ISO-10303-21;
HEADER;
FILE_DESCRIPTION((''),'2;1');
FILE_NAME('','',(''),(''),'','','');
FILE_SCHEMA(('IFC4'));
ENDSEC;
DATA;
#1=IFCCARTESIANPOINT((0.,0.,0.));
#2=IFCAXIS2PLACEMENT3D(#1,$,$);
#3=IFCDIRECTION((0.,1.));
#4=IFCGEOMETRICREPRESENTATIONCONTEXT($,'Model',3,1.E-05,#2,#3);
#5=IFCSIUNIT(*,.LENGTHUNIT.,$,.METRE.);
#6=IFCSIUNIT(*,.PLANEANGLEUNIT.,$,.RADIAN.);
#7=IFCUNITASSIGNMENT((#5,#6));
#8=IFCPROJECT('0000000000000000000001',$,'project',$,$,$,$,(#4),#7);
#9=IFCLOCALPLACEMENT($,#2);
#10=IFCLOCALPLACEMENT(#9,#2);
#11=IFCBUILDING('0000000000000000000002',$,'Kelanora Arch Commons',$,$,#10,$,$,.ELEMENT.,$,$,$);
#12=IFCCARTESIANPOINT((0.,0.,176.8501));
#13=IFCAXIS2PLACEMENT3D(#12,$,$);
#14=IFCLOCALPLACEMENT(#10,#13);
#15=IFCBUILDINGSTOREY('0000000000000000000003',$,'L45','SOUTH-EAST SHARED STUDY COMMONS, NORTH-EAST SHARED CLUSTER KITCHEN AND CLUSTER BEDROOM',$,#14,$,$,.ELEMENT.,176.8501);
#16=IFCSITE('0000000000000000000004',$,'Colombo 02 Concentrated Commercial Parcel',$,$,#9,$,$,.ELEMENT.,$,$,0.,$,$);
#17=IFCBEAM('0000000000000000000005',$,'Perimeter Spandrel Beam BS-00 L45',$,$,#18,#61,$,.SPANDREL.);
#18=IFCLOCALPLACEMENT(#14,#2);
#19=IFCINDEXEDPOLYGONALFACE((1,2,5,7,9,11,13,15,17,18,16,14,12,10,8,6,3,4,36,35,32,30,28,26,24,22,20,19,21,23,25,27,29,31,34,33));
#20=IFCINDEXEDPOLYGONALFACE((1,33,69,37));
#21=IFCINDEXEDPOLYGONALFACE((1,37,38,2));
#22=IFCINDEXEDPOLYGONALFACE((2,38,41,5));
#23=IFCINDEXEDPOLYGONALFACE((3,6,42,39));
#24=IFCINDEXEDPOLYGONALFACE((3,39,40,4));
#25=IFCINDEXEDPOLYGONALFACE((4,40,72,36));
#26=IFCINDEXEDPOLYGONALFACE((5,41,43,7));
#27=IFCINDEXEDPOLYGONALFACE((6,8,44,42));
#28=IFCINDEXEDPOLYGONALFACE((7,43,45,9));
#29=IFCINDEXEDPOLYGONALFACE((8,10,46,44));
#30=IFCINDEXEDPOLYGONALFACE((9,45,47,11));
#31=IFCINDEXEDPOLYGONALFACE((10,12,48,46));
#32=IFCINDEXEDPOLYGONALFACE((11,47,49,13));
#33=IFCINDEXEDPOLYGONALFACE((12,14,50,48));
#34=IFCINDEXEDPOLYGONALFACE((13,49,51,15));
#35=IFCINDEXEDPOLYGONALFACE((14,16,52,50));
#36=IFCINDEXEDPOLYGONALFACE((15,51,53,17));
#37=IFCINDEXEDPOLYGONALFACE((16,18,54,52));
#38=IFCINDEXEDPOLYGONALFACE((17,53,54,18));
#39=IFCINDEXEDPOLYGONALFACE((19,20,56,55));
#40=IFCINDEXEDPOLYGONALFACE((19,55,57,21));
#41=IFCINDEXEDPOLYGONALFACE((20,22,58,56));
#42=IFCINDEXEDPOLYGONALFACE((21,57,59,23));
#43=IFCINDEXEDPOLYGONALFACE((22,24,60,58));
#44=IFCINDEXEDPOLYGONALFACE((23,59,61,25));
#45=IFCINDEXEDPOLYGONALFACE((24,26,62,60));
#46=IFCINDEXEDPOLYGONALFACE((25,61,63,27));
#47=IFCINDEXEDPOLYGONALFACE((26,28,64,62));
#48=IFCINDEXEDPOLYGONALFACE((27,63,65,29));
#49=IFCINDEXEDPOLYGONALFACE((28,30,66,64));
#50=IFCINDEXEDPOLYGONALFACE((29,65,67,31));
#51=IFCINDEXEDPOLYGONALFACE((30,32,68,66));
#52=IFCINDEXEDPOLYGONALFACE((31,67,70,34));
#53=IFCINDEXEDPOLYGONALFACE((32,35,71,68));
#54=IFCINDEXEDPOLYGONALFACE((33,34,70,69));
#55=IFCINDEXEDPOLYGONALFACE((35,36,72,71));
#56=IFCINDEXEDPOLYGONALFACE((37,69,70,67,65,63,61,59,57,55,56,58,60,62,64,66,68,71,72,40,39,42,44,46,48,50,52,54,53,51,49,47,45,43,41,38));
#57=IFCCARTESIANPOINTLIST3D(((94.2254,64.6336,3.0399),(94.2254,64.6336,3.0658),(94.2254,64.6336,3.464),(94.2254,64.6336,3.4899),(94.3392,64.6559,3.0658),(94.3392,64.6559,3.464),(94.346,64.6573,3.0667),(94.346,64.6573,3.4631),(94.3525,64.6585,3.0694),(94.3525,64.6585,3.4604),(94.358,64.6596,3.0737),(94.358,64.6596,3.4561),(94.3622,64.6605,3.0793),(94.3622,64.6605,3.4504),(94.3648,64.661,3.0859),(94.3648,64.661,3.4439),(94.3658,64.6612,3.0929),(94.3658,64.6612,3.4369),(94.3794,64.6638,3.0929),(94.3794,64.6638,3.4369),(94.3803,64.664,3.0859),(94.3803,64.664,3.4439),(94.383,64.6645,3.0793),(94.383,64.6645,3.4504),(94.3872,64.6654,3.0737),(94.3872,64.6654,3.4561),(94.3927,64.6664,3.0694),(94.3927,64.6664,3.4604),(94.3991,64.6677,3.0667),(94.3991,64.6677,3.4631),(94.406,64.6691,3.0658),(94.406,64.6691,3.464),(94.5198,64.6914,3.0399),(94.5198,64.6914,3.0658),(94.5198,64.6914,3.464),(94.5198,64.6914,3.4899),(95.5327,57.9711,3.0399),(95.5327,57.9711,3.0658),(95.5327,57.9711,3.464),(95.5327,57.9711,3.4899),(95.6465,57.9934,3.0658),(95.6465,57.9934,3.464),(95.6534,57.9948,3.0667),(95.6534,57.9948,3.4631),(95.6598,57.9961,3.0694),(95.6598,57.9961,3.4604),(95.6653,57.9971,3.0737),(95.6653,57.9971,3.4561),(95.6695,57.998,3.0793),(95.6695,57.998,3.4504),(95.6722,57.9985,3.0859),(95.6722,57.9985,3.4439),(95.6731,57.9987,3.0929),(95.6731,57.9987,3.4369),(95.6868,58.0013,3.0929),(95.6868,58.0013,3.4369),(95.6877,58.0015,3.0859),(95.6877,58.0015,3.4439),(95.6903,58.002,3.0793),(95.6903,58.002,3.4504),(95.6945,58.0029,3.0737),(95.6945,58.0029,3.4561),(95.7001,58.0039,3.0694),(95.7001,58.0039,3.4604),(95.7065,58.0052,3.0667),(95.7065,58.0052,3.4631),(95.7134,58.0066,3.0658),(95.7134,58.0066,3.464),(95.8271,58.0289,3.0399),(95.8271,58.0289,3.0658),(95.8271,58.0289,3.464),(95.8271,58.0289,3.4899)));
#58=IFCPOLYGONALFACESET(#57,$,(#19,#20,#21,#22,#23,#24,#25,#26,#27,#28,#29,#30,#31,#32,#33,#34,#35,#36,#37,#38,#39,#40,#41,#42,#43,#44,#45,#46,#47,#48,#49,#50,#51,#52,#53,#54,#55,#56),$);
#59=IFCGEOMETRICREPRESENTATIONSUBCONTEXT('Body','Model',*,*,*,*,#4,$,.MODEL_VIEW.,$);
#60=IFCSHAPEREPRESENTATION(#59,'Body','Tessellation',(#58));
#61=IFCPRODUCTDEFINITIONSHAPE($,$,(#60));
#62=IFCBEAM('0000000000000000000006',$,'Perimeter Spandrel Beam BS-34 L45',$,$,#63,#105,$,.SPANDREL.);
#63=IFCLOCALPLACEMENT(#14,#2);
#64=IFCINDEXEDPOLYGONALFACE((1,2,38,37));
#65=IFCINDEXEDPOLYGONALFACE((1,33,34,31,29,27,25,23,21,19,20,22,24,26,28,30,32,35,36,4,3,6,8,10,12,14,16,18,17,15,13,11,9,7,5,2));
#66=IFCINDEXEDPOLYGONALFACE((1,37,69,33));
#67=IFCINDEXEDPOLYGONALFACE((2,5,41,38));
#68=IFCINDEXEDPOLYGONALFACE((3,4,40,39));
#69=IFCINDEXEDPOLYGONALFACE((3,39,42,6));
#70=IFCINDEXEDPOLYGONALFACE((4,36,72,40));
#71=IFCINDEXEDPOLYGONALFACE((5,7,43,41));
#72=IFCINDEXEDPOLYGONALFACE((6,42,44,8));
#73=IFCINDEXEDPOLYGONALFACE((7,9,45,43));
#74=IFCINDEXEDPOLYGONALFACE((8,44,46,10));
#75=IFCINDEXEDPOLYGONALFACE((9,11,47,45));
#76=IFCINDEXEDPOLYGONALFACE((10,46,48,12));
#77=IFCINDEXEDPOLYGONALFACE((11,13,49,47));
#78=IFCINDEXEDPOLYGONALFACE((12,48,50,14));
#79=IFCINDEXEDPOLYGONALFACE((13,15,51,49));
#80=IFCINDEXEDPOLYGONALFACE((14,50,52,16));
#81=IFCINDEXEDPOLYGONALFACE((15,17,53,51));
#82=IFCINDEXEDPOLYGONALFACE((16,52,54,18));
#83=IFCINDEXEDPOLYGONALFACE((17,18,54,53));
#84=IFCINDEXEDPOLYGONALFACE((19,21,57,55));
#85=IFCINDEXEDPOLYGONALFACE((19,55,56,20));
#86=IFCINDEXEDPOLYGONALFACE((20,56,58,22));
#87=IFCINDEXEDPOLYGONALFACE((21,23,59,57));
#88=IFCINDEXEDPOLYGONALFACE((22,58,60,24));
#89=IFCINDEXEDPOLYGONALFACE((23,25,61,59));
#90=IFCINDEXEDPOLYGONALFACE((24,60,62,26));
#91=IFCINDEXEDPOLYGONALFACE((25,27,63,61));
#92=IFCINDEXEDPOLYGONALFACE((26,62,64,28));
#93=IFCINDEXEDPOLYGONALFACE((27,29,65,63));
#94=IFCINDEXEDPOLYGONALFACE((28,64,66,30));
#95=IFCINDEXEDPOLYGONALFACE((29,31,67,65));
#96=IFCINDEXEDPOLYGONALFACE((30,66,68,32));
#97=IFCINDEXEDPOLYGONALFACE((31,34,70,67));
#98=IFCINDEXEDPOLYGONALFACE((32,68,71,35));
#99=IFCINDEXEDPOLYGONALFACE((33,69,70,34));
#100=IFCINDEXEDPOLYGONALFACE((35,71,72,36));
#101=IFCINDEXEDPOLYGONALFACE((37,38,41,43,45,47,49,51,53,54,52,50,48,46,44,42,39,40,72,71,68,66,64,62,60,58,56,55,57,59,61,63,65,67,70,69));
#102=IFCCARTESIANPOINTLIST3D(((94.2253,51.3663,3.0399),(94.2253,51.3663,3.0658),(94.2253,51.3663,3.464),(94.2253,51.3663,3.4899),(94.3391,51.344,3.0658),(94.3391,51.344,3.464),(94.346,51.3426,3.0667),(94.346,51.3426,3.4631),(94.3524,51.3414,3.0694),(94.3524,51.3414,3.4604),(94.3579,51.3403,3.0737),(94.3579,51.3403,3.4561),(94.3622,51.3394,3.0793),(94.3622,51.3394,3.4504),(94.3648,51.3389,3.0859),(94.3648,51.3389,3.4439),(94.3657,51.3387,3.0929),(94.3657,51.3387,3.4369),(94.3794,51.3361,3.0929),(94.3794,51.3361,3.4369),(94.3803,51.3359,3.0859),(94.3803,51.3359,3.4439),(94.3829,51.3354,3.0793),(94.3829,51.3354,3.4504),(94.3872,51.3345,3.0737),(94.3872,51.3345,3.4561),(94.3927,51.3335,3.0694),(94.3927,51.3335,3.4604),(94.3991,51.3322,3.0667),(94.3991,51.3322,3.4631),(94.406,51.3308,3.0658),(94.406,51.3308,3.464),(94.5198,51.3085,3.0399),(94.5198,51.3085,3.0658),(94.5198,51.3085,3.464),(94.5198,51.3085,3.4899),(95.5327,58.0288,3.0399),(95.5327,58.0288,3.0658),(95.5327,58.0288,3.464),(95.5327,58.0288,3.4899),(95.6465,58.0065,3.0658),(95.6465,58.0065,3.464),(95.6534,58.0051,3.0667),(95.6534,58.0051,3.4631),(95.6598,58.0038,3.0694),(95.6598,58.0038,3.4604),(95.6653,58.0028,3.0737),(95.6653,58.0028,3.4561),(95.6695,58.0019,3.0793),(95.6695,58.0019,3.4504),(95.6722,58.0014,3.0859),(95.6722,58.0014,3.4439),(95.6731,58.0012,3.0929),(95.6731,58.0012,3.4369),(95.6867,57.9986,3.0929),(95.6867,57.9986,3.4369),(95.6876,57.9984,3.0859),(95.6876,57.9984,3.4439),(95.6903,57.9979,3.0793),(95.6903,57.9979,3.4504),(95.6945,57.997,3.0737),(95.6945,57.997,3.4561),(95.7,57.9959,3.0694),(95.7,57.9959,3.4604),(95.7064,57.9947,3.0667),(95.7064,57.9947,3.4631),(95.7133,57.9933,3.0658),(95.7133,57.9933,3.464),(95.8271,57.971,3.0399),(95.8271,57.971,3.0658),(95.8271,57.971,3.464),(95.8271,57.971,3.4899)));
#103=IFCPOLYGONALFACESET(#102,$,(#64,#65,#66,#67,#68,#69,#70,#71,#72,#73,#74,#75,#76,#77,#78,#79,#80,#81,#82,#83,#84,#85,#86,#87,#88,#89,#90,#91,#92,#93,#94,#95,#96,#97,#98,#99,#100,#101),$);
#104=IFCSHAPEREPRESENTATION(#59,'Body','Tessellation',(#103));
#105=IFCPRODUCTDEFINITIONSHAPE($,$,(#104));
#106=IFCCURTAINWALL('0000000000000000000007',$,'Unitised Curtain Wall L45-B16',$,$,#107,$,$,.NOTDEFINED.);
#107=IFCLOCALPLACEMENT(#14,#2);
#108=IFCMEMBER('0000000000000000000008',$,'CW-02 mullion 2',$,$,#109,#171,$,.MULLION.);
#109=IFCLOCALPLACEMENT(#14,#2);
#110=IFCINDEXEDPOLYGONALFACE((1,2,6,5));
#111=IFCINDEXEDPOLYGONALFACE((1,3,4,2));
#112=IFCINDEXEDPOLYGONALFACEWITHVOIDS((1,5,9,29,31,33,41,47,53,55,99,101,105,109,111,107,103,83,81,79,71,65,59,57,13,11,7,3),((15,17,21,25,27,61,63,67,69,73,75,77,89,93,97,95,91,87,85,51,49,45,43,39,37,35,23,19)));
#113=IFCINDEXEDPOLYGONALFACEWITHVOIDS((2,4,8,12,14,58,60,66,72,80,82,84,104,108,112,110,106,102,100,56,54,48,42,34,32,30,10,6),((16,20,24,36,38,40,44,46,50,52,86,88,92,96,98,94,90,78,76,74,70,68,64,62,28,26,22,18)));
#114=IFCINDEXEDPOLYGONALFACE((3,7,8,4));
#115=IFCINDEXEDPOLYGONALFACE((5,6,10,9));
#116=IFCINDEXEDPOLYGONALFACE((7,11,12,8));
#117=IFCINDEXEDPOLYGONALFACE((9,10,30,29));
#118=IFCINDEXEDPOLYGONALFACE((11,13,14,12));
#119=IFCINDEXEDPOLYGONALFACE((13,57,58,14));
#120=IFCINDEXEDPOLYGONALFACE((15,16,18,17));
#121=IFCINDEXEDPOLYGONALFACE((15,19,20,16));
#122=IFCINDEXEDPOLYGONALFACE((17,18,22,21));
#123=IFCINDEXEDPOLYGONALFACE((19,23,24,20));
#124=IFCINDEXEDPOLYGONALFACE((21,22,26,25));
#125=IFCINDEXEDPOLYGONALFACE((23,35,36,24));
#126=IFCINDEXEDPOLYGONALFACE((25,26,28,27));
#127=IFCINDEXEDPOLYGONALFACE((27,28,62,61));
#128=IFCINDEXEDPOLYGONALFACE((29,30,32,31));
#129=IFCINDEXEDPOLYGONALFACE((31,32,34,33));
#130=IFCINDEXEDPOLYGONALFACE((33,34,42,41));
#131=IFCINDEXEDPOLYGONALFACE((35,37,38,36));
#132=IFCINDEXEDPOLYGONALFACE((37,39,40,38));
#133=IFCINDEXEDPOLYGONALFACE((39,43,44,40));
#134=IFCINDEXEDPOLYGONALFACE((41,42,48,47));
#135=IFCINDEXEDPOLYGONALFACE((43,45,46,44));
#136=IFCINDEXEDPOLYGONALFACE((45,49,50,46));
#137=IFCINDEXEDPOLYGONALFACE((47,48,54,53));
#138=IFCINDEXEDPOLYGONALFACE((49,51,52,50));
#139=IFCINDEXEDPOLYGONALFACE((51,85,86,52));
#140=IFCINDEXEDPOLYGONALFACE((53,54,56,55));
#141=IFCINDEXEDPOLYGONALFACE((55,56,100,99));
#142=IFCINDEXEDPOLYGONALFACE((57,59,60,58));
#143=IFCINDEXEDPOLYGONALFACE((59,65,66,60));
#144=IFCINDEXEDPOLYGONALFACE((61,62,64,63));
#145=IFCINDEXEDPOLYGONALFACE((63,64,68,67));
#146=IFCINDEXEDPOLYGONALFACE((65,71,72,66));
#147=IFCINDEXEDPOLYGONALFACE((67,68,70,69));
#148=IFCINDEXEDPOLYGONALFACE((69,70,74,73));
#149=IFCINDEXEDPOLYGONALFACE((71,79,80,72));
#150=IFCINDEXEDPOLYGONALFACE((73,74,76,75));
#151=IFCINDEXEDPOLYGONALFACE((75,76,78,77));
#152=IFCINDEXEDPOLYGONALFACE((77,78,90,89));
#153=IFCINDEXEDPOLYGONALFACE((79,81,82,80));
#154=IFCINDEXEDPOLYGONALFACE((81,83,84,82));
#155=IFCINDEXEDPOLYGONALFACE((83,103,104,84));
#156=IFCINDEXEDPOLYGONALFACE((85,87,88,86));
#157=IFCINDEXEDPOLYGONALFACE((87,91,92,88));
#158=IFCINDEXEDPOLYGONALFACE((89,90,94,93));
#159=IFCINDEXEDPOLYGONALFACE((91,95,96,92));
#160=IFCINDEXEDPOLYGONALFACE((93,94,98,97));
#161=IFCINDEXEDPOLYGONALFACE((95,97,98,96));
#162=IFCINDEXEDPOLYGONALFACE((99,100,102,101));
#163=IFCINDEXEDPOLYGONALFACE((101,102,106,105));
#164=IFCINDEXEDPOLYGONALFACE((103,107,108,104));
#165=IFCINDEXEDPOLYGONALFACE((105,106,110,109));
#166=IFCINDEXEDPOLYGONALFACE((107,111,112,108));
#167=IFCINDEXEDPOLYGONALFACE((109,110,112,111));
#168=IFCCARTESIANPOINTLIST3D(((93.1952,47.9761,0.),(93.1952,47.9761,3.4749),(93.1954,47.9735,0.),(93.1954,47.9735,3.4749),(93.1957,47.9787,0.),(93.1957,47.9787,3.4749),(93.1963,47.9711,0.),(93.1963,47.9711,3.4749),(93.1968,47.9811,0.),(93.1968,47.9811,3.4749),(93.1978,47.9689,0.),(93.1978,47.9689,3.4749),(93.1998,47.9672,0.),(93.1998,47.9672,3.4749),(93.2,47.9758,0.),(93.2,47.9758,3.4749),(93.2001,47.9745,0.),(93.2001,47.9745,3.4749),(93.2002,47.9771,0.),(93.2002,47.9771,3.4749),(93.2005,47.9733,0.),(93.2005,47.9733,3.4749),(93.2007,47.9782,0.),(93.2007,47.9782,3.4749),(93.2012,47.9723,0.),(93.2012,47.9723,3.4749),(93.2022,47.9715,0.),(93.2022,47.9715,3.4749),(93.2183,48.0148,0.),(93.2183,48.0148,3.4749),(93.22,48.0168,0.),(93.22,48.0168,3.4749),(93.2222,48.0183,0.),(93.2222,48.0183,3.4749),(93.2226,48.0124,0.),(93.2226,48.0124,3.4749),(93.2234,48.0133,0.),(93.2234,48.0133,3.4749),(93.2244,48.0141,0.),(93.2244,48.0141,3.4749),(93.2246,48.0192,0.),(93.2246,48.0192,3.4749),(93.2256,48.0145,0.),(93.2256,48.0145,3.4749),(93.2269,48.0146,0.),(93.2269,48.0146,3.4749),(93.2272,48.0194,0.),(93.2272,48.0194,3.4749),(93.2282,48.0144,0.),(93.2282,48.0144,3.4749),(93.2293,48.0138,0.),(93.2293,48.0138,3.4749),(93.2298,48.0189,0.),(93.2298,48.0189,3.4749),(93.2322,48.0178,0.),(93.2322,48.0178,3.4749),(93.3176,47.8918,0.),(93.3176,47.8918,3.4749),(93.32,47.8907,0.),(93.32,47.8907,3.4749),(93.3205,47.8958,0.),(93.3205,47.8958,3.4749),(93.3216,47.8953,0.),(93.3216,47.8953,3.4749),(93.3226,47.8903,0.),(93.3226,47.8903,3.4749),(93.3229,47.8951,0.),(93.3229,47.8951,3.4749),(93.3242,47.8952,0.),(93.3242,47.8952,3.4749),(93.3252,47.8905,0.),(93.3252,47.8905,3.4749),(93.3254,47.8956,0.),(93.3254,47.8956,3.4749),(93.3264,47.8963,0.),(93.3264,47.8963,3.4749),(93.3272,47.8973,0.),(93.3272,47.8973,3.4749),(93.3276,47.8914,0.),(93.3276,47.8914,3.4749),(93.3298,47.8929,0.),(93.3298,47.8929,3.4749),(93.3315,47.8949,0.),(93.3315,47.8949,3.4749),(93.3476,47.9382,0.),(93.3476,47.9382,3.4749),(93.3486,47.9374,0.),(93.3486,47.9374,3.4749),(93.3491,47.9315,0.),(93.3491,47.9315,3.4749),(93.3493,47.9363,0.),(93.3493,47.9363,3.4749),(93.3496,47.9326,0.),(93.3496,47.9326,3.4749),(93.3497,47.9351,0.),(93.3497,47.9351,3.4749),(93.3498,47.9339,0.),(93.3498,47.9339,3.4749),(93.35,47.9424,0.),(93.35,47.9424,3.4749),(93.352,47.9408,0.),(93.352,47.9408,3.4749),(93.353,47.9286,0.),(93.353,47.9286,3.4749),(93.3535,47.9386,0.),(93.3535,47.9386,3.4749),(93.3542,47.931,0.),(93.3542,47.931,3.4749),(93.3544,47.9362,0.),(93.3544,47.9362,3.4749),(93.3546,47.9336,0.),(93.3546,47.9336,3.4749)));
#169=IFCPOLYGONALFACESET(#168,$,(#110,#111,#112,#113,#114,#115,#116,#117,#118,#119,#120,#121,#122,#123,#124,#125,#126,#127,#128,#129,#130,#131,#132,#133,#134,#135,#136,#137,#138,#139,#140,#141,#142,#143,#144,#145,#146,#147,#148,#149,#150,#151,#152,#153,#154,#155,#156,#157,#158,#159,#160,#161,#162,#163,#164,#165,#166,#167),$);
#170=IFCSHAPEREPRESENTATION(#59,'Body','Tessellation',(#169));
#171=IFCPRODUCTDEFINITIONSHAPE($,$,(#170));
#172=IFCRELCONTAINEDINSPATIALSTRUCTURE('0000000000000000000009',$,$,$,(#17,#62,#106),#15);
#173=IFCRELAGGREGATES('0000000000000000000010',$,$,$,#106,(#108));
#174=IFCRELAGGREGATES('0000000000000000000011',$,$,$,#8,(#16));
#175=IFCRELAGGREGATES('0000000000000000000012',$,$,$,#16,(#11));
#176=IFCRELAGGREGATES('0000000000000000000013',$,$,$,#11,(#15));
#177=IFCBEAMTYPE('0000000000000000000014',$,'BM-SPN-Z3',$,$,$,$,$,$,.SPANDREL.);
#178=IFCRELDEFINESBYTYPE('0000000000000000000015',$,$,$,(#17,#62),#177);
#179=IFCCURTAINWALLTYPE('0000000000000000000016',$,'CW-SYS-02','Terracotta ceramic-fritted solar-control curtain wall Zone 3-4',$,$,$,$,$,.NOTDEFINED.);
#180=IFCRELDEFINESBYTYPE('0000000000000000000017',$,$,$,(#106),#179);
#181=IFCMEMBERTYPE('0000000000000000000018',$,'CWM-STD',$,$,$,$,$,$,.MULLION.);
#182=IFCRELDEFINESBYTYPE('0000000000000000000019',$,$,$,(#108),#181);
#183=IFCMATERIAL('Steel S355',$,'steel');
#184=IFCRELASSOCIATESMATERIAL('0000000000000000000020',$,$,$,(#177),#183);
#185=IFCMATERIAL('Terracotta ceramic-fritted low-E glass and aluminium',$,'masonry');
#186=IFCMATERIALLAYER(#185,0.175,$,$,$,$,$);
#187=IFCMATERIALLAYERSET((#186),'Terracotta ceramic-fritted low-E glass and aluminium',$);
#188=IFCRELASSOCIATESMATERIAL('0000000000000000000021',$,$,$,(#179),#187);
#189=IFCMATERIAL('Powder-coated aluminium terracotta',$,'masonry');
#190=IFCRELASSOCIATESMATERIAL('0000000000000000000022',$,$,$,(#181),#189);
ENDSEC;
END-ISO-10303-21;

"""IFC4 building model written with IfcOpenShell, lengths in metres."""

from ifc_helpers import new_model, si_unit, direction, frame, origin, origin_2d, place, context, subcontext, project, spatial, hollow_rectangle, i_section, extrude, material, layer, layer_set, material_profile, profile_set, type_object, element, aggregate, save


model = new_model("IFC4")

# Units and contexts
model_context = context("Model", 3, precision=1e-05, world=origin(), true_north=direction((0.0, 1.0)))
body_context = subcontext(model_context, "Body", "Model", "MODEL_VIEW")
ifc_project = project(units=[si_unit("LENGTHUNIT", "METRE"), si_unit("PLANEANGLEUNIT", "RADIAN")], contexts=[model_context])

# Site, building, storey
site_placement = place(None, origin())
site = spatial("IfcSite", under=ifc_project, at=site_placement, Name="Colombo 02 Concentrated Commercial Parcel", CompositionType="ELEMENT", RefElevation=0.0)
building_placement = place(site_placement, origin())
building = spatial("IfcBuilding", under=site, at=building_placement, Name="Kelanora Arch Commons", CompositionType="ELEMENT")
storey_placement = place(building_placement, frame((0.0, 0.0, 176.8501)))
storey = spatial("IfcBuildingStorey", under=building, at=storey_placement, Name="L45", Description="SOUTH-EAST SHARED STUDY COMMONS, NORTH-EAST SHARED CLUSTER KITCHEN AND CLUSTER BEDROOM", CompositionType="ELEMENT", Elevation=176.8501)

# Beams
ifc_material_1 = material(Name="Steel S355", Category="steel")
ifc_material_profile_1 = material_profile(ifc_material_1, i_section(OverallWidth=0.3, OverallDepth=0.45, WebThickness=0.0139, FlangeThickness=0.0259, FilletRadius=0.0271, at=origin_2d()), Name="HEB450")
ifc_profile_set_1 = profile_set([ifc_material_profile_1], Name="Steel S355")
beam_type_1 = type_object("IfcBeamType", Name="BM-SPN-Z3", PredefinedType="SPANDREL", material=ifc_profile_set_1)
for number, where, z_axis, x_axis, name in (
    (1, (95.6799, 58.0, 3.2649), (-0.192554, 0.981286, 0.0), (-0.981286, -0.192554, 0.0), "Perimeter Spandrel Beam BS-00 L45"),
    (2, (94.3726, 51.3374, 3.2649), (0.192554, 0.981286, 0.0), (-0.981286, 0.192554, 0.0), "Perimeter Spandrel Beam BS-34 L45"),
):
    element("IfcBeam", number, at=place(storey_placement, frame(where, z_axis=z_axis, x_axis=x_axis)), inside=storey, type_object=beam_type_1, Name=name, PredefinedType="SPANDREL", context=body_context, shape_type="SweptSolid", body=[
        extrude(i_section(OverallWidth=0.3, OverallDepth=0.45, WebThickness=0.0139, FlangeThickness=0.0259, FilletRadius=0.0271, at=origin_2d()), origin(), (0.0, 0.0, 1.0), 6.7896),
    ])

# Curtain wall, member
ifc_material_2 = material(Name="Terracotta ceramic-fritted low-E glass and aluminium", Category="masonry")
ifc_layer_1 = layer(ifc_material_2, 0.175)
ifc_layer_set_1 = layer_set([ifc_layer_1], Name="Terracotta ceramic-fritted low-E glass and aluminium")
curtain_wall_type = type_object("IfcCurtainWallType", Name="CW-SYS-02", Description="Terracotta ceramic-fritted solar-control curtain wall Zone 3-4", PredefinedType="NOTDEFINED", material=ifc_layer_set_1)
curtain_wall_placement = place(storey_placement, origin())
curtain_wall = element("IfcCurtainWall", 3, at=curtain_wall_placement, inside=storey, type_object=curtain_wall_type, Name="Unitised Curtain Wall L45-B16", PredefinedType="NOTDEFINED")
ifc_material_3 = material(Name="Powder-coated aluminium terracotta", Category="masonry")
ifc_material_profile_2 = material_profile(ifc_material_3, hollow_rectangle(XDim=0.1599, YDim=0.0601, WallThickness=0.0049, InnerFilletRadius=0.0049, OuterFilletRadius=0.01, at=origin_2d()), Name="CWM160x60")
ifc_profile_set_2 = profile_set([ifc_material_profile_2], Name="Powder-coated aluminium terracotta")
member_type_1 = type_object("IfcMemberType", Name="CWM-STD", PredefinedType="MULLION", material=ifc_profile_set_2)
member_1_placement = place(storey_placement, frame((93.2749, 47.9548, 0.0), z_axis=(0.0, 0.0, 1.0), x_axis=(-0.842423, 0.538817, 0.0)))
member_1 = element("IfcMember", 4, at=member_1_placement, type_object=member_type_1, Name="CW-02 mullion 2", PredefinedType="MULLION", context=body_context, shape_type="SweptSolid", body=[
    extrude(hollow_rectangle(XDim=0.1599, YDim=0.0601, WallThickness=0.0049, InnerFilletRadius=0.0049, OuterFilletRadius=0.01, at=origin_2d()), origin(), (0.0, 0.0, 1.0), 3.4749),
])
aggregate(curtain_wall, [member_1])

save(model, "model.ifc")
